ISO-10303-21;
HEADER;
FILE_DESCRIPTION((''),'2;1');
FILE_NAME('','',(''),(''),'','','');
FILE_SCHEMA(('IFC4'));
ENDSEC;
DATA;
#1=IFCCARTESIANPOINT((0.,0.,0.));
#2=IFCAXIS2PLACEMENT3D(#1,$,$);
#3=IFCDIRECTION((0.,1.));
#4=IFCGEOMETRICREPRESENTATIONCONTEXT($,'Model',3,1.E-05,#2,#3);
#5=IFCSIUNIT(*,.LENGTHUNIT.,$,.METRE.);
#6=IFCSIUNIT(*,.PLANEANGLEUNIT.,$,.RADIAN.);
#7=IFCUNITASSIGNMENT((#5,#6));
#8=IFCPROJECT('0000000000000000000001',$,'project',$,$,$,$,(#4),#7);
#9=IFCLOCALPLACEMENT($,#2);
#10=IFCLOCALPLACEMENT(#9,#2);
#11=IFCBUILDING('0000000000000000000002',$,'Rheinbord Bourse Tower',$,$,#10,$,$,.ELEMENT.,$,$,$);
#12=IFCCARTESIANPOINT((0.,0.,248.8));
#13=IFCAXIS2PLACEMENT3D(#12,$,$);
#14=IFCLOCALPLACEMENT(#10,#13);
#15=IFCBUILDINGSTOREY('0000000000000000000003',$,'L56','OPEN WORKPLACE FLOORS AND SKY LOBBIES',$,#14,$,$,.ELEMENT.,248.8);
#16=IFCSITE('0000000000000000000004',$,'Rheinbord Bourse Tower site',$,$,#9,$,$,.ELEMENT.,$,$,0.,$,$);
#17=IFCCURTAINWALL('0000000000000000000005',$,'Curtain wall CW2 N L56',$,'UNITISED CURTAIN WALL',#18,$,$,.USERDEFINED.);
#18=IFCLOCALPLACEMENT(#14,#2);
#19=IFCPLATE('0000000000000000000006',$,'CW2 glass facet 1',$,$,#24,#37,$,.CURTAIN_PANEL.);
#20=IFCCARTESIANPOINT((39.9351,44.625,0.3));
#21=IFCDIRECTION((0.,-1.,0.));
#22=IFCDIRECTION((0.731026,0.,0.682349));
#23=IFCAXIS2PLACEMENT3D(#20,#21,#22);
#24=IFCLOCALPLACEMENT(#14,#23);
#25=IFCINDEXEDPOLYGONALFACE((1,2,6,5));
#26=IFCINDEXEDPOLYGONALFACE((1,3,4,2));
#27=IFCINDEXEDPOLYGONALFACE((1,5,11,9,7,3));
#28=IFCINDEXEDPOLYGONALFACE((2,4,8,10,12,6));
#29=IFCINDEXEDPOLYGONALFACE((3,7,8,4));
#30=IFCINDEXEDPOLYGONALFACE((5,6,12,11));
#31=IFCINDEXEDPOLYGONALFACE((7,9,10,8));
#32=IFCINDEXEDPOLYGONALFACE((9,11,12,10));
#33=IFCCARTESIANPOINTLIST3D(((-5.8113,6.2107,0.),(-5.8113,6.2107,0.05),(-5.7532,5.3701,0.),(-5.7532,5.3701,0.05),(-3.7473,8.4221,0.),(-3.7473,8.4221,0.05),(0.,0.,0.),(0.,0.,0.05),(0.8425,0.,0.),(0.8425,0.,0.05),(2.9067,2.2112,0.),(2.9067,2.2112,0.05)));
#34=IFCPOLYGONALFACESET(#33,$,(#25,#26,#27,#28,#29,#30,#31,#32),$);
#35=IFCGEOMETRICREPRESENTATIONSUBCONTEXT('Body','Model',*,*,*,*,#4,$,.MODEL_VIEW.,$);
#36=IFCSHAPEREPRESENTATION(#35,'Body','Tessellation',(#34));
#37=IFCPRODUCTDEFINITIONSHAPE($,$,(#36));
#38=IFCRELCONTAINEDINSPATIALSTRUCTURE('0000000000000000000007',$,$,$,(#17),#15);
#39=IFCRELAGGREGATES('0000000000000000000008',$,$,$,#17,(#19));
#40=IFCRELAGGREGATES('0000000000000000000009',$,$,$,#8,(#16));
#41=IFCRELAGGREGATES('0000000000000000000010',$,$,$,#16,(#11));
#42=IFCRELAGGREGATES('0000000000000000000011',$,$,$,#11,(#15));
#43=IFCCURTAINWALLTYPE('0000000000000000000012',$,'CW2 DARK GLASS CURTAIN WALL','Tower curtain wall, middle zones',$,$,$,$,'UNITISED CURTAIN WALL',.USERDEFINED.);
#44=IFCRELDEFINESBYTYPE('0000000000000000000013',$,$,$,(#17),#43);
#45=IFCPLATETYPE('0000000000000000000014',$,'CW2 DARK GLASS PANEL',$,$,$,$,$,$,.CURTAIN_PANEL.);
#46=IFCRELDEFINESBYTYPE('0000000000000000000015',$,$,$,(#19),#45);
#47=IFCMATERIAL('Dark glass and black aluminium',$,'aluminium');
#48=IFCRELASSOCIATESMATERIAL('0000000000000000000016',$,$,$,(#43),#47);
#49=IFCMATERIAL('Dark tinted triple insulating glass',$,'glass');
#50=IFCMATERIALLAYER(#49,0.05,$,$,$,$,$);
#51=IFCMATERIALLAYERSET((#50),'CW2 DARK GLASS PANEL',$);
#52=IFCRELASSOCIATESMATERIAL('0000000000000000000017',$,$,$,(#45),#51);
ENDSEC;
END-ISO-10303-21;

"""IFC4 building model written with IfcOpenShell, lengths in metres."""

from ifc_helpers import new_model, si_unit, direction, frame, origin, place, context, subcontext, project, spatial, polyline, outline, extrude, material, layer, layer_set, type_object, element, aggregate, save


model = new_model("IFC4")

# Units and contexts
model_context = context("Model", 3, precision=1e-05, world=origin(), true_north=direction((0.0, 1.0)))
body_context = subcontext(model_context, "Body", "Model", "MODEL_VIEW")
ifc_project = project(units=[si_unit("LENGTHUNIT", "METRE"), si_unit("PLANEANGLEUNIT", "RADIAN")], contexts=[model_context])

# Site, building, storey
site_placement = place(None, origin())
site = spatial("IfcSite", under=ifc_project, at=site_placement, Name="Rheinbord Bourse Tower site", CompositionType="ELEMENT", RefElevation=0.0)
building_placement = place(site_placement, origin())
building = spatial("IfcBuilding", under=site, at=building_placement, Name="Rheinbord Bourse Tower", CompositionType="ELEMENT")
storey_placement = place(building_placement, frame((0.0, 0.0, 248.8)))
storey = spatial("IfcBuildingStorey", under=building, at=storey_placement, Name="L56", Description="OPEN WORKPLACE FLOORS AND SKY LOBBIES", CompositionType="ELEMENT", Elevation=248.8)

# Curtain wall
ifc_material_1 = material(Name="Dark glass and black aluminium", Category="aluminium")
curtain_wall_type = type_object("IfcCurtainWallType", Name="CW2 DARK GLASS CURTAIN WALL", Description="Tower curtain wall, middle zones", ElementType="UNITISED CURTAIN WALL", PredefinedType="USERDEFINED", material=ifc_material_1)
curtain_wall_placement = place(storey_placement, origin())
curtain_wall = element("IfcCurtainWall", 1, at=curtain_wall_placement, inside=storey, type_object=curtain_wall_type, Name="Curtain wall CW2 N L56", ObjectType="UNITISED CURTAIN WALL", PredefinedType="USERDEFINED")

# Plate
ifc_material_2 = material(Name="Dark tinted triple insulating glass", Category="glass")
ifc_layer_1 = layer(ifc_material_2, 0.05)
ifc_layer_set_1 = layer_set([ifc_layer_1], Name="CW2 DARK GLASS PANEL")
plate_type = type_object("IfcPlateType", Name="CW2 DARK GLASS PANEL", PredefinedType="CURTAIN_PANEL", material=ifc_layer_set_1)
plate_1_placement = place(storey_placement, frame((39.9351, 44.625, 0.3), z_axis=(0.0, -1.0, 0.0), x_axis=(0.731026, 0.0, 0.682349)))
plate_1 = element("IfcPlate", 2, at=plate_1_placement, type_object=plate_type, Name="CW2 glass facet 1", PredefinedType="CURTAIN_PANEL", context=body_context, shape_type="SweptSolid", body=[
    extrude(outline(polyline([(0.0, 0.0), (0.8425, 0.0), (2.9067, 2.2112), (-3.7473, 8.4221), (-5.8113, 6.2107), (-5.7532, 5.3701), (0.0, 0.0)])), origin(), (0.0, 0.0, 1.0), 0.05),
])
aggregate(curtain_wall, [plate_1])

save(model, "model.ifc")
